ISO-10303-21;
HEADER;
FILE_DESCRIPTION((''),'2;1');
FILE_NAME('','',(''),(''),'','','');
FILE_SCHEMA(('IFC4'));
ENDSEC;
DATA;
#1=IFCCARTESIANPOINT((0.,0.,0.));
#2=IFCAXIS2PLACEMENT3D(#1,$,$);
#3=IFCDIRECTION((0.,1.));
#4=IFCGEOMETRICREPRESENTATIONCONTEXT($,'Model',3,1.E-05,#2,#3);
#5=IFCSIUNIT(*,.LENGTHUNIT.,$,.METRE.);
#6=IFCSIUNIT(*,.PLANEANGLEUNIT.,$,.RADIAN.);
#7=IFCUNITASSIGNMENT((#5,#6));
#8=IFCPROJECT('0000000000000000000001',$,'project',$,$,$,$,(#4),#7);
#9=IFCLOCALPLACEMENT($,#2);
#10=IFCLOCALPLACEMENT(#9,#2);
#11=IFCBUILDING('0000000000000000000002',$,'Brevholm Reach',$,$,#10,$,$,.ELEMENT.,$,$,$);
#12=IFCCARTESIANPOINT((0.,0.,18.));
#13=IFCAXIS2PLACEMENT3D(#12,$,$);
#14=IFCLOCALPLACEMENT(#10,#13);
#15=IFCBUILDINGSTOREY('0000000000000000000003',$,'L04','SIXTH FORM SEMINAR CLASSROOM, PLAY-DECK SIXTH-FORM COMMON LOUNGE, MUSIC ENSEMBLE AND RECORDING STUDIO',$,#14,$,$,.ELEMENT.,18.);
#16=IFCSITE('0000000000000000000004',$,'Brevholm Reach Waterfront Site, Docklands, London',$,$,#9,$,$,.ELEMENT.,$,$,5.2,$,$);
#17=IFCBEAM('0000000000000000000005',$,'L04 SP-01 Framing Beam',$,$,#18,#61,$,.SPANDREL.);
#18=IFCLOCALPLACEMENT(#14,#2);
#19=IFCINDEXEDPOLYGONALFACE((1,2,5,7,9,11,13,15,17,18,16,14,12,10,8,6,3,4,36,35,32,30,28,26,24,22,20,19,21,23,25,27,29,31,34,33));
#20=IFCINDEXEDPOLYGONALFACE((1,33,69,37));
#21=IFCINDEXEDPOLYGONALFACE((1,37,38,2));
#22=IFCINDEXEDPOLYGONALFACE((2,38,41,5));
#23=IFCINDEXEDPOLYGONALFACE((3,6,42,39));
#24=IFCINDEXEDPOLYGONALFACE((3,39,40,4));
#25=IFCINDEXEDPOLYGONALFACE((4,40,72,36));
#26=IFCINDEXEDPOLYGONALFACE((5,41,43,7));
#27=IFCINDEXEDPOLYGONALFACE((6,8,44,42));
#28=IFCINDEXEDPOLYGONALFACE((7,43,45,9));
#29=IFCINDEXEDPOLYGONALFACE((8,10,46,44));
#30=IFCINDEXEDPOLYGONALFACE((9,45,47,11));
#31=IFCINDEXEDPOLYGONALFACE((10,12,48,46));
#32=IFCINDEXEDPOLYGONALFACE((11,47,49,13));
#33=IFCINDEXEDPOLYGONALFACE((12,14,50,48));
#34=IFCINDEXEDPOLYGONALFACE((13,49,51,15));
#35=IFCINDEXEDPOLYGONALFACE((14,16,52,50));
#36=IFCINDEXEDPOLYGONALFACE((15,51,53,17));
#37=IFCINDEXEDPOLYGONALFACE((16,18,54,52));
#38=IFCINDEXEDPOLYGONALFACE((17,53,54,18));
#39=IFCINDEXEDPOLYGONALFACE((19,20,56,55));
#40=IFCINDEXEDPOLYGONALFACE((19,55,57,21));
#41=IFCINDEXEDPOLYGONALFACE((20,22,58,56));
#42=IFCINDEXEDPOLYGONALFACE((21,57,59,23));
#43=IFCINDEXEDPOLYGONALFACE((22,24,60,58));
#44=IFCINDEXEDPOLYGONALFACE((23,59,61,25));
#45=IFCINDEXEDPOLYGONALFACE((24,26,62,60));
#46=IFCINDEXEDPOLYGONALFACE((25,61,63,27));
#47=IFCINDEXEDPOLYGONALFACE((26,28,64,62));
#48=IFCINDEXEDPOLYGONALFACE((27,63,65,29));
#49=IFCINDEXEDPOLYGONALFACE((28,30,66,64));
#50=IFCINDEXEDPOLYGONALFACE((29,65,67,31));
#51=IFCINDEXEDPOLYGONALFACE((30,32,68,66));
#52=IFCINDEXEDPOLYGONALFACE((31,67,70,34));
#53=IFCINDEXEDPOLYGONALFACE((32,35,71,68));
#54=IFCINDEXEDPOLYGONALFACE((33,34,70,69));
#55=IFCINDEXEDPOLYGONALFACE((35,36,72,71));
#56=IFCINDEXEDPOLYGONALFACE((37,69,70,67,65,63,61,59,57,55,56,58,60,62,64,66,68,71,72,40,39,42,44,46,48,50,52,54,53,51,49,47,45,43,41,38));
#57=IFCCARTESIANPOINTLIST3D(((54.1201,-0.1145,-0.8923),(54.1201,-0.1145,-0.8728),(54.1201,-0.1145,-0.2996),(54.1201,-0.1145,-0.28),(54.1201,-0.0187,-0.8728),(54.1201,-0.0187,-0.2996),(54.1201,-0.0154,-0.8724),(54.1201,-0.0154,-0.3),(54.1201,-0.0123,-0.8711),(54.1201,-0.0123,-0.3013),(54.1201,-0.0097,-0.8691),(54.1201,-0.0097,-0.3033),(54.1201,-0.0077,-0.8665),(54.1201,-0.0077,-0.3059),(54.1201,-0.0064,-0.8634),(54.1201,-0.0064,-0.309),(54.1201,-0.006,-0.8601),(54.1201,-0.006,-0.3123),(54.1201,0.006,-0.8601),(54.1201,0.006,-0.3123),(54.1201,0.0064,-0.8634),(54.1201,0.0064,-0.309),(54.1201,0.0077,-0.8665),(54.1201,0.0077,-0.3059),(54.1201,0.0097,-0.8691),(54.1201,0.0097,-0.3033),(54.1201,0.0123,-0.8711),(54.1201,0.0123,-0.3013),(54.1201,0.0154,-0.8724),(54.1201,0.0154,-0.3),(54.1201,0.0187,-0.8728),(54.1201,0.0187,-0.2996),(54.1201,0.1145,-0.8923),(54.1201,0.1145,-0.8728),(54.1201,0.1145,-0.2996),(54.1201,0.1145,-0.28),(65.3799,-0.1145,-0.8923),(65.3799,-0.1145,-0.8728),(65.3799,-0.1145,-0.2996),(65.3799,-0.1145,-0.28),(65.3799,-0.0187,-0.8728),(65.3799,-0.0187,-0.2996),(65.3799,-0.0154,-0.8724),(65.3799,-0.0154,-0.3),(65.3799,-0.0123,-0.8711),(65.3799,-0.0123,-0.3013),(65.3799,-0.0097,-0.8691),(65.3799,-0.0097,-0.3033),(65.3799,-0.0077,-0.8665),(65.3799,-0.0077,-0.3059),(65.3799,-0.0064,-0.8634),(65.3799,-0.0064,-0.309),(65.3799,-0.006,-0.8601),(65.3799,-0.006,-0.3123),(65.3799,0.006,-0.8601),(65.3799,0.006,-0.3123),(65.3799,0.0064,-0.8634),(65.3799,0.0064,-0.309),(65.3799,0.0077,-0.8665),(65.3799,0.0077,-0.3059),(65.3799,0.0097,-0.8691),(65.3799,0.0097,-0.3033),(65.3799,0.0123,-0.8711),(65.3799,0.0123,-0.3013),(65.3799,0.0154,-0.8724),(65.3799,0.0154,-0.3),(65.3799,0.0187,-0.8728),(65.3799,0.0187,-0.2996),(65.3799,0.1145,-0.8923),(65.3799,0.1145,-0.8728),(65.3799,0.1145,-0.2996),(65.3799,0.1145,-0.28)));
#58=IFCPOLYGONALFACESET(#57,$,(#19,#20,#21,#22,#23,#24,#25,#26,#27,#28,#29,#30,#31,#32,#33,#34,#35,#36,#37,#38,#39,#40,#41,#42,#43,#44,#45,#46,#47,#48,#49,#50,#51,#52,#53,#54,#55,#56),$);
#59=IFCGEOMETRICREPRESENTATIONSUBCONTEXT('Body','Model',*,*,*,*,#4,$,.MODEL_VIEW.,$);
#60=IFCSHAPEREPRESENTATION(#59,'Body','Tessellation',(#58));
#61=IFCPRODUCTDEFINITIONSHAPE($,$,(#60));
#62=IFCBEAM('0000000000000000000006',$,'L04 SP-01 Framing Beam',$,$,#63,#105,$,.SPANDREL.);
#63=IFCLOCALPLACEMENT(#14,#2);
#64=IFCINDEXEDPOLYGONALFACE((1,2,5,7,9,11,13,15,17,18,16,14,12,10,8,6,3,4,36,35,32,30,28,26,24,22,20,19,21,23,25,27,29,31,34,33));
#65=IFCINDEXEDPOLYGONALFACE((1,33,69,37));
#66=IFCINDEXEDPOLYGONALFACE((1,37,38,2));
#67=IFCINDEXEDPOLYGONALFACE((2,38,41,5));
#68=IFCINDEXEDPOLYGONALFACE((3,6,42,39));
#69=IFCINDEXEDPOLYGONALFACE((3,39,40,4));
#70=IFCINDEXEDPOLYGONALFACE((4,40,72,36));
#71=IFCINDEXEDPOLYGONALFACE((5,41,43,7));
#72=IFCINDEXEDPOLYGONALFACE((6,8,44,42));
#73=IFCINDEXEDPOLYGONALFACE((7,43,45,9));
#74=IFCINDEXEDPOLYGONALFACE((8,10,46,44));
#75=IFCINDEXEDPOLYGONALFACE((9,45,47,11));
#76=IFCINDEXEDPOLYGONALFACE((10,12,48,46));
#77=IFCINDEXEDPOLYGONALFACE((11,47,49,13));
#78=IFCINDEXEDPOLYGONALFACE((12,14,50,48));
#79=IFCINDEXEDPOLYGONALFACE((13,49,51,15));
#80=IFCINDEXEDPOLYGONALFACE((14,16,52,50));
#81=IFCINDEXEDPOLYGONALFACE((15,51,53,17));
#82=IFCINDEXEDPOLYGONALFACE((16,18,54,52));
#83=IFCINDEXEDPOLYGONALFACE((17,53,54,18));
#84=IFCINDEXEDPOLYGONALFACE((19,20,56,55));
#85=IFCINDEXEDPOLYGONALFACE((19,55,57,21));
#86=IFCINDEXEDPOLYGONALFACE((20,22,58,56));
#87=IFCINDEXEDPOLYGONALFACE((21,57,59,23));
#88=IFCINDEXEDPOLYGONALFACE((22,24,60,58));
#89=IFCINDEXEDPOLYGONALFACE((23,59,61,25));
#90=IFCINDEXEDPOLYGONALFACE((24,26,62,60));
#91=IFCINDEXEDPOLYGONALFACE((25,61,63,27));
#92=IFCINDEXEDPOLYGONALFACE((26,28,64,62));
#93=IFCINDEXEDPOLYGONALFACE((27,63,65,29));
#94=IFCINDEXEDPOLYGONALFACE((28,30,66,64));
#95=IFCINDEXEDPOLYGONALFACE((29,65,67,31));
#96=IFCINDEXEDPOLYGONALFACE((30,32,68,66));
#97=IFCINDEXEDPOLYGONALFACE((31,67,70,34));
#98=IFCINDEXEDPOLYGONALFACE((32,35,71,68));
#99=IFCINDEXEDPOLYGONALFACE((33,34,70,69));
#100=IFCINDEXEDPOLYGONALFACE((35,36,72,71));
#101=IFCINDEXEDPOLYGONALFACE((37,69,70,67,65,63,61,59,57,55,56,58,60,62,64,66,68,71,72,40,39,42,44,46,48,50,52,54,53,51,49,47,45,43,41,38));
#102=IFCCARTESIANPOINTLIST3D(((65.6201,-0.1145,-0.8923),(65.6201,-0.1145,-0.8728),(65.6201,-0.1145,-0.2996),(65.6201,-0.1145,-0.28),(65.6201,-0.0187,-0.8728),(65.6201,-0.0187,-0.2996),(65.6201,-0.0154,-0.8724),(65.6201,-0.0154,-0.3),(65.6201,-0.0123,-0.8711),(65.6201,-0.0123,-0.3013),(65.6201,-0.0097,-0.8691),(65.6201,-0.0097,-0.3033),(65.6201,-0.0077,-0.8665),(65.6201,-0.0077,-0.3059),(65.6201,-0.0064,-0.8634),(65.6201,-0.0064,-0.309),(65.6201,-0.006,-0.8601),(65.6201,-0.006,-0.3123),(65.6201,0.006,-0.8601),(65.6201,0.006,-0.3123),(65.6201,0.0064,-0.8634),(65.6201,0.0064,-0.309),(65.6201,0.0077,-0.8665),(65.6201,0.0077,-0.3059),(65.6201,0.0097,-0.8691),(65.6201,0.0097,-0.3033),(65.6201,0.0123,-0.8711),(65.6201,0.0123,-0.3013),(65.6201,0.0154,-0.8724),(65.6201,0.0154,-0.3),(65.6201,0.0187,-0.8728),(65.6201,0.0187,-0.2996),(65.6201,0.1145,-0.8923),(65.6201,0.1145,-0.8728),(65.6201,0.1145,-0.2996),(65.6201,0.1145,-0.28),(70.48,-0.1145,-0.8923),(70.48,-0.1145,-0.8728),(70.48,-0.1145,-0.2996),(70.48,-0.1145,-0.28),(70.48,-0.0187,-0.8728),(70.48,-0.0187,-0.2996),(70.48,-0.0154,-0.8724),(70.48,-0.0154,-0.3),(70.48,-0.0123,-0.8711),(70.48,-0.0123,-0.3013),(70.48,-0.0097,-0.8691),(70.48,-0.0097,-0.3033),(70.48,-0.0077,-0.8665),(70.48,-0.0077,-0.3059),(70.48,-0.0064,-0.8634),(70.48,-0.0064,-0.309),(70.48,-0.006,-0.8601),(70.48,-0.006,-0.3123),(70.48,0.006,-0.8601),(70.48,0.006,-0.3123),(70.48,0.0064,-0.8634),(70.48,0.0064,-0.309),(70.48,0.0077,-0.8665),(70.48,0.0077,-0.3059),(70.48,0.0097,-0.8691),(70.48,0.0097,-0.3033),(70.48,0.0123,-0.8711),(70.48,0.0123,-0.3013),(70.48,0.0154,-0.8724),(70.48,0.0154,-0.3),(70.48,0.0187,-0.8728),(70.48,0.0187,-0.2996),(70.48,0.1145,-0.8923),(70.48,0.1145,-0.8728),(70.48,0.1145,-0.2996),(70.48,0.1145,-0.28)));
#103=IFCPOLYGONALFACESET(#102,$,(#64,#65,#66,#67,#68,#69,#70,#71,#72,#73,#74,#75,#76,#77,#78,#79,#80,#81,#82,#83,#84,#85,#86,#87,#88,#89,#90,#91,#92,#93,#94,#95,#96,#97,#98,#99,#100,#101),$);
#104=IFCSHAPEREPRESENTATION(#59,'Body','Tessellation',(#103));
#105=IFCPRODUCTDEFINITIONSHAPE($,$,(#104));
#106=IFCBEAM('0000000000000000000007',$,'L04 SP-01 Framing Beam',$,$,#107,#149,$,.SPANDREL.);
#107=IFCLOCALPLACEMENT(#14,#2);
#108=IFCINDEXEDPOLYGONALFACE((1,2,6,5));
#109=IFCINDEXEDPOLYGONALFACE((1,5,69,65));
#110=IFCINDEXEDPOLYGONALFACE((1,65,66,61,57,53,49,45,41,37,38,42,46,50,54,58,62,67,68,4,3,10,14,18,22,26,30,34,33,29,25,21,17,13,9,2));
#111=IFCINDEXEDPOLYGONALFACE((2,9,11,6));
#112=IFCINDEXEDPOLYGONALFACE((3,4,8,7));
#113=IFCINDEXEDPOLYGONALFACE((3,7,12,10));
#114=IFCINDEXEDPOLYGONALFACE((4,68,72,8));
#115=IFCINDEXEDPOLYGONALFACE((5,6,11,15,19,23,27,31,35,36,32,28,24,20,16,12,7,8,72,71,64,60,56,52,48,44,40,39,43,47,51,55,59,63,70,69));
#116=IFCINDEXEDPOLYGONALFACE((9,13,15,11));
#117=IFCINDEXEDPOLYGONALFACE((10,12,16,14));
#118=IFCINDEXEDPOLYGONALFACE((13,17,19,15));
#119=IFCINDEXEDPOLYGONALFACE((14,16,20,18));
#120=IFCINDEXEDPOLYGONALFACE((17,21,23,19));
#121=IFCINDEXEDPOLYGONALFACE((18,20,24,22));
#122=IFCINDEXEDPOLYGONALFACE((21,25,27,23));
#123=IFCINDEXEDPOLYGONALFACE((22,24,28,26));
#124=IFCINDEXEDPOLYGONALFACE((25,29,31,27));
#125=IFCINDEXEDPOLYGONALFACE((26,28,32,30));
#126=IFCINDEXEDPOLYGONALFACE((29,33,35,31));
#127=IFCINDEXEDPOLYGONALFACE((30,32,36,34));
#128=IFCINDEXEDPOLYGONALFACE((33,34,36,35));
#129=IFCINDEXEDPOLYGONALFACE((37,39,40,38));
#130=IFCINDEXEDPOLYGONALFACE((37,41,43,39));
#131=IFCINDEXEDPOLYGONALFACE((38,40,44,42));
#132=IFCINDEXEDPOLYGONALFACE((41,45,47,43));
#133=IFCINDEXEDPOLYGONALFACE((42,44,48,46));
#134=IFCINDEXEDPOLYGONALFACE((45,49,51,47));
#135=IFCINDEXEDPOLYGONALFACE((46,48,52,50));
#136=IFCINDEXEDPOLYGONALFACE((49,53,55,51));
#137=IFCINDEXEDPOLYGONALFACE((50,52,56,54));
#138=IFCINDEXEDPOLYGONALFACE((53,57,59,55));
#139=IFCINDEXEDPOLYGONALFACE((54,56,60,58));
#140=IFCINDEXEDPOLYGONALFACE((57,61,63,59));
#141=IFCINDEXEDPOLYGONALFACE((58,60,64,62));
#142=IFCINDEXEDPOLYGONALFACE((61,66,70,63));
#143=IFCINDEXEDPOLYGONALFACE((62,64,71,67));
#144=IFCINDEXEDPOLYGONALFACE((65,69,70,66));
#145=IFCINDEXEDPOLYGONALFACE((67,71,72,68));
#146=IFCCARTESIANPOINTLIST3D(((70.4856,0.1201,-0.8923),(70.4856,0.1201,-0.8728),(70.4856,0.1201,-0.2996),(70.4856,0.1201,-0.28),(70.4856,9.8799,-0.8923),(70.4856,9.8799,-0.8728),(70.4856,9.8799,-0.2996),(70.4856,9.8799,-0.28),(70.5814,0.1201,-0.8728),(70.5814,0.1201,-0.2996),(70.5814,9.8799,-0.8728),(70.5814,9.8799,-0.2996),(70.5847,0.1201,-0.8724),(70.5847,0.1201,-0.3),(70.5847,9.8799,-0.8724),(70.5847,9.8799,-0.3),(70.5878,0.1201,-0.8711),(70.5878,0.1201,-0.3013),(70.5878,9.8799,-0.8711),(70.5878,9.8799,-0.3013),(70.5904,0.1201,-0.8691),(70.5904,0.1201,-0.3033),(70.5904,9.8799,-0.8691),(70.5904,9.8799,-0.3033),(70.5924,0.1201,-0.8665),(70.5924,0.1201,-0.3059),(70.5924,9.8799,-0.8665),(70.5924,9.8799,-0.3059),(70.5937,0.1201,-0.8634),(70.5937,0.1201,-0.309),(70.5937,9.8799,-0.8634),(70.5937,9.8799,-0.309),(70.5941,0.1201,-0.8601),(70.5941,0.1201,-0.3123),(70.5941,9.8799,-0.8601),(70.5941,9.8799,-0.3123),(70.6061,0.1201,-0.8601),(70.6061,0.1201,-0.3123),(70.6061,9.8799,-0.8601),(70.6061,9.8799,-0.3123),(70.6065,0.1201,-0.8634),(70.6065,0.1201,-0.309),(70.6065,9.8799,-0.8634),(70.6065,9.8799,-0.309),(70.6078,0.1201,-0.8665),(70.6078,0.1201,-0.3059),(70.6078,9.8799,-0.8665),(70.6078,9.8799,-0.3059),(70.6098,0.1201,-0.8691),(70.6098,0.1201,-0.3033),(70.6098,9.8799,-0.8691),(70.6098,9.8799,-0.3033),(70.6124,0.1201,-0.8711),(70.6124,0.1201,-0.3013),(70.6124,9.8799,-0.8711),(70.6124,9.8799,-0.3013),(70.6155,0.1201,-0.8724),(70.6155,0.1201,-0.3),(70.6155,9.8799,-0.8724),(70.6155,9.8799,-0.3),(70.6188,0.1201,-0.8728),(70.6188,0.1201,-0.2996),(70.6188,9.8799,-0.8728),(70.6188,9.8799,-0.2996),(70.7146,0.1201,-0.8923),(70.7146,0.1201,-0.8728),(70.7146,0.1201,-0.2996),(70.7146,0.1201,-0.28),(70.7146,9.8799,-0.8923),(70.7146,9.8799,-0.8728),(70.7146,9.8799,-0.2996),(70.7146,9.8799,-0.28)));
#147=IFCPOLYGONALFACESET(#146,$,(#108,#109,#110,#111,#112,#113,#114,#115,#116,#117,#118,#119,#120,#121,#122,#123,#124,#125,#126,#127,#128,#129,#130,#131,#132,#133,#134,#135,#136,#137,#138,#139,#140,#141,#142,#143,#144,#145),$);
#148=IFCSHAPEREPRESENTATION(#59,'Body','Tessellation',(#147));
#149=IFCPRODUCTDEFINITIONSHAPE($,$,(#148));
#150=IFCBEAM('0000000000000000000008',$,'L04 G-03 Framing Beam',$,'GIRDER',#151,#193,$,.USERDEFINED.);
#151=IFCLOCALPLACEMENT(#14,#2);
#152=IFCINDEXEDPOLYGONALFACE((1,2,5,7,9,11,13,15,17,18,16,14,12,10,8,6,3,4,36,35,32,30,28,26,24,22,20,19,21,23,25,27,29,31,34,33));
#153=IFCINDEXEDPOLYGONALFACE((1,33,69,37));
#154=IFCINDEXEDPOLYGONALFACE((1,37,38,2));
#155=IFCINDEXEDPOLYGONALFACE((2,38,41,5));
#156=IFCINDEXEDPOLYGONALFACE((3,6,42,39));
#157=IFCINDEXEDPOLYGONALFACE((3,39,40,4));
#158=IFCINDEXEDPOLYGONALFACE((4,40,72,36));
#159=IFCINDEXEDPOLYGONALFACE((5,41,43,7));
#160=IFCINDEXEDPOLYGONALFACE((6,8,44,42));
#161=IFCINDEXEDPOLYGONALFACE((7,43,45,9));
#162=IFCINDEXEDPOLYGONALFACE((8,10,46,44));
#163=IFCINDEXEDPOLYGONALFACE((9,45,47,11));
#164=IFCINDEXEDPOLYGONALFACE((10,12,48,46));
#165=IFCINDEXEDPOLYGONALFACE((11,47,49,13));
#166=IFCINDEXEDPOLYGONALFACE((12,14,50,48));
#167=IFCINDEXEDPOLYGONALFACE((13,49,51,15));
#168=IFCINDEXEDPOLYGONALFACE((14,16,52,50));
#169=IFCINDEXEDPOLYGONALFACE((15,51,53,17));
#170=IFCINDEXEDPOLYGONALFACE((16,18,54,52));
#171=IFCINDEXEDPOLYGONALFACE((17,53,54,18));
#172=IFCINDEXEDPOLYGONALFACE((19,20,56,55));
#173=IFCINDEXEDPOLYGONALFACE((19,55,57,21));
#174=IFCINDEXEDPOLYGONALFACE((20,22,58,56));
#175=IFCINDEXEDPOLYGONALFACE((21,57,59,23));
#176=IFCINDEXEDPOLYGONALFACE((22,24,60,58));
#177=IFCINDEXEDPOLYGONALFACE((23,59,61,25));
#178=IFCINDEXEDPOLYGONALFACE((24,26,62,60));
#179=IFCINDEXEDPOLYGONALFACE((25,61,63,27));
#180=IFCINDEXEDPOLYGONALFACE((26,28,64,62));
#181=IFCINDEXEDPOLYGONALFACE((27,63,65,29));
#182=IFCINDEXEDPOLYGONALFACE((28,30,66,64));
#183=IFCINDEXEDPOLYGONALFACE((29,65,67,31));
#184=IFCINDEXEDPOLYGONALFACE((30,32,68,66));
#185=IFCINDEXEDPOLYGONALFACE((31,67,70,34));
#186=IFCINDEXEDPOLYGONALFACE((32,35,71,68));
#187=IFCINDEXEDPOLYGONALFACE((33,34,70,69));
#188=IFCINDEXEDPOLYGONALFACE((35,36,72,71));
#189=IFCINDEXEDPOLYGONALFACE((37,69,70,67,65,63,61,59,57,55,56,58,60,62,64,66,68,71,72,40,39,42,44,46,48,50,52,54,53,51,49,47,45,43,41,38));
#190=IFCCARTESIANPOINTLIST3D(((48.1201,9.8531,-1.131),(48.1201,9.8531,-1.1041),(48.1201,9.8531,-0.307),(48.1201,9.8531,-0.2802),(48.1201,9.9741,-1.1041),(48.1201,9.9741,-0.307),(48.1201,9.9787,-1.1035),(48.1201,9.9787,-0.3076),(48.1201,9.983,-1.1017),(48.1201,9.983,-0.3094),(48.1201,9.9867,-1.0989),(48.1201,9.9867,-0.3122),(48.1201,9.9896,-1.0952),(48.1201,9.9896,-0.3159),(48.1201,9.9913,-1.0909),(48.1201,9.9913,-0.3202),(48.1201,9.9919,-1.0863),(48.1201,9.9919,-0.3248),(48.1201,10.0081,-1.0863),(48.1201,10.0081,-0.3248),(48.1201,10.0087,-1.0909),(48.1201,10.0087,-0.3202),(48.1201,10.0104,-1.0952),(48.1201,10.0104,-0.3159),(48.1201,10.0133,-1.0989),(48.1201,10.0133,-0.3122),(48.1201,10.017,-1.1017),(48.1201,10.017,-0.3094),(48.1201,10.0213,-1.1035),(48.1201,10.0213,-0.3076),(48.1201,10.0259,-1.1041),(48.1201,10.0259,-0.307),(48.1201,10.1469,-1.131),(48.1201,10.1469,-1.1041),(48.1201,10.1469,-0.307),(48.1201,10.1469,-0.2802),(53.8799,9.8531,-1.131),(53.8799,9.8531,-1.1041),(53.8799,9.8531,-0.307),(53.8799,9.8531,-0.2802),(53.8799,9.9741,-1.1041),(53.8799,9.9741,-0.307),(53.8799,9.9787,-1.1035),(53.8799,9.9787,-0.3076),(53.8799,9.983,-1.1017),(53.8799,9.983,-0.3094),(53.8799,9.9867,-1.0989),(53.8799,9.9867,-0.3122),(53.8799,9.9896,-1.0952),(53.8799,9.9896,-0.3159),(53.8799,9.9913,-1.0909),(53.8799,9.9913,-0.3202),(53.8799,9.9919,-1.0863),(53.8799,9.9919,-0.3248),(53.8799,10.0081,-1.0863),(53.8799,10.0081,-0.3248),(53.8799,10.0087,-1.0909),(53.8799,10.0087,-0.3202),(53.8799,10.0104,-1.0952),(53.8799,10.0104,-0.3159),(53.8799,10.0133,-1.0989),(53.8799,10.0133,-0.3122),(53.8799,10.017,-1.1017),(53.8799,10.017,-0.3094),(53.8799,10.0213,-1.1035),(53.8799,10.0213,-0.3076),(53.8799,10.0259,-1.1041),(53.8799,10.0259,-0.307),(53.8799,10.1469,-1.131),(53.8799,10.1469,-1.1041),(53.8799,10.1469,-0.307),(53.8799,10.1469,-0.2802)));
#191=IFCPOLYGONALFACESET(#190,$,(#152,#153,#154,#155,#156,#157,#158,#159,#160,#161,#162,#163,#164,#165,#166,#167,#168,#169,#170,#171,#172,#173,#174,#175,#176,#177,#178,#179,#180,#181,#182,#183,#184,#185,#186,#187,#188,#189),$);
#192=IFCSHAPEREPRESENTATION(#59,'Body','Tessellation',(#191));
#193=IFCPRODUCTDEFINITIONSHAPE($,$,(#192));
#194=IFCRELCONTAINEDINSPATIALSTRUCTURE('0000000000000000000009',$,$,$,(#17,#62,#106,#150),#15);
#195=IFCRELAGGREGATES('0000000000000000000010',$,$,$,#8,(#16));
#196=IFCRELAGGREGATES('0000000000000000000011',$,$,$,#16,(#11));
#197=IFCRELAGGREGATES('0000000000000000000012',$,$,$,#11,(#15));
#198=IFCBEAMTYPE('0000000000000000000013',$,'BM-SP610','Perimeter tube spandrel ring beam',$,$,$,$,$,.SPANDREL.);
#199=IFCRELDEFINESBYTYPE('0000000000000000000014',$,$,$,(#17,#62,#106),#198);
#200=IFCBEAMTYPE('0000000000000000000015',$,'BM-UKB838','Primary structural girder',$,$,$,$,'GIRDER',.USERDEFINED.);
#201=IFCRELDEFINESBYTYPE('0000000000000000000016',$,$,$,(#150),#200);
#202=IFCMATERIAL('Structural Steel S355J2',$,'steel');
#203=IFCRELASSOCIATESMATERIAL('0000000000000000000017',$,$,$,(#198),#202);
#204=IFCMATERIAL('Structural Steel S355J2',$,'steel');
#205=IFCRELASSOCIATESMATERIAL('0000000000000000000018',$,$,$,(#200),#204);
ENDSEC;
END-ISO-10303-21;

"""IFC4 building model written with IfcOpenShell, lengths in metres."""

from ifc_helpers import new_model, si_unit, direction, frame, origin, origin_2d, place, context, subcontext, project, spatial, i_section, extrude, material, material_profile, profile_set, type_object, element, save


model = new_model("IFC4")

# Units and contexts
model_context = context("Model", 3, precision=1e-05, world=origin(), true_north=direction((0.0, 1.0)))
body_context = subcontext(model_context, "Body", "Model", "MODEL_VIEW")
ifc_project = project(units=[si_unit("LENGTHUNIT", "METRE"), si_unit("PLANEANGLEUNIT", "RADIAN")], contexts=[model_context])

# Site, building, storey
site_placement = place(None, origin())
site = spatial("IfcSite", under=ifc_project, at=site_placement, Name="Brevholm Reach Waterfront Site, Docklands, London", CompositionType="ELEMENT", RefElevation=5.2)
building_placement = place(site_placement, origin())
building = spatial("IfcBuilding", under=site, at=building_placement, Name="Brevholm Reach", CompositionType="ELEMENT")
storey_placement = place(building_placement, frame((0.0, 0.0, 18.0)))
storey = spatial("IfcBuildingStorey", under=building, at=storey_placement, Name="L04", Description="SIXTH FORM SEMINAR CLASSROOM, PLAY-DECK SIXTH-FORM COMMON LOUNGE, MUSIC ENSEMBLE AND RECORDING STUDIO", CompositionType="ELEMENT", Elevation=18.0)

# Beams
ifc_material_1 = material(Name="Structural Steel S355J2", Category="steel")
ifc_material_profile_1 = material_profile(ifc_material_1, i_section(OverallWidth=0.229, OverallDepth=0.6123, WebThickness=0.012, FlangeThickness=0.0195, FilletRadius=0.0127, at=origin_2d()), Name="UKB 610x229x125")
ifc_profile_set_1 = profile_set([ifc_material_profile_1], Name="Structural Steel S355J2")
beam_type_1 = type_object("IfcBeamType", Name="BM-SP610", Description="Perimeter tube spandrel ring beam", PredefinedType="SPANDREL", material=ifc_profile_set_1)
beam_1_placement = place(storey_placement, frame((54.1201, 0.0, -0.5862), z_axis=(1.0, 0.0, 0.0), x_axis=(0.0, 1.0, 0.0)))
element("IfcBeam", 1, at=beam_1_placement, inside=storey, type_object=beam_type_1, Name="L04 SP-01 Framing Beam", PredefinedType="SPANDREL", context=body_context, shape_type="SweptSolid", body=[
    extrude(i_section(OverallWidth=0.229, OverallDepth=0.6123, WebThickness=0.012, FlangeThickness=0.0195, FilletRadius=0.0127, at=origin_2d()), origin(), (0.0, 0.0, 1.0), 11.2598),
])
beam_2_placement = place(storey_placement, frame((65.6201, 0.0, -0.5862), z_axis=(1.0, 0.0, 0.0), x_axis=(0.0, 1.0, 0.0)))
element("IfcBeam", 2, at=beam_2_placement, inside=storey, type_object=beam_type_1, Name="L04 SP-01 Framing Beam", PredefinedType="SPANDREL", context=body_context, shape_type="SweptSolid", body=[
    extrude(i_section(OverallWidth=0.229, OverallDepth=0.6123, WebThickness=0.012, FlangeThickness=0.0195, FilletRadius=0.0127, at=origin_2d()), origin(), (0.0, 0.0, 1.0), 4.8599),
])
beam_3_placement = place(storey_placement, frame((70.6001, 0.1201, -0.5862), z_axis=(0.0, 1.0, 0.0), x_axis=(-1.0, 0.0, 0.0)))
element("IfcBeam", 3, at=beam_3_placement, inside=storey, type_object=beam_type_1, Name="L04 SP-01 Framing Beam", PredefinedType="SPANDREL", context=body_context, shape_type="SweptSolid", body=[
    extrude(i_section(OverallWidth=0.229, OverallDepth=0.6123, WebThickness=0.012, FlangeThickness=0.0195, FilletRadius=0.0127, at=origin_2d()), origin(), (0.0, 0.0, 1.0), 9.7598),
])
ifc_material_2 = material(Name="Structural Steel S355J2", Category="steel")
ifc_material_profile_2 = material_profile(ifc_material_2, i_section(OverallWidth=0.2937, OverallDepth=0.8508, WebThickness=0.0161, FlangeThickness=0.0269, FilletRadius=0.0178, at=origin_2d()), Name="UKB 838x292x226")
ifc_profile_set_2 = profile_set([ifc_material_profile_2], Name="Structural Steel S355J2")
beam_type_2 = type_object("IfcBeamType", Name="BM-UKB838", Description="Primary structural girder", ElementType="GIRDER", PredefinedType="USERDEFINED", material=ifc_profile_set_2)
for number, where, z_axis, x_axis, name in (
    (4, (48.1201, 10.0, -0.7056), (1.0, 0.0, 0.0), (0.0, 1.0, 0.0), "L04 G-03 Framing Beam"),
):
    element("IfcBeam", number, at=place(storey_placement, frame(where, z_axis=z_axis, x_axis=x_axis)), inside=storey, type_object=beam_type_2, Name=name, ObjectType="GIRDER", PredefinedType="USERDEFINED", context=body_context, shape_type="SweptSolid", body=[
        extrude(i_section(OverallWidth=0.2937, OverallDepth=0.8508, WebThickness=0.0161, FlangeThickness=0.0269, FilletRadius=0.0178, at=origin_2d()), origin(), (0.0, 0.0, 1.0), 5.7598),
    ])

save(model, "model.ifc")
